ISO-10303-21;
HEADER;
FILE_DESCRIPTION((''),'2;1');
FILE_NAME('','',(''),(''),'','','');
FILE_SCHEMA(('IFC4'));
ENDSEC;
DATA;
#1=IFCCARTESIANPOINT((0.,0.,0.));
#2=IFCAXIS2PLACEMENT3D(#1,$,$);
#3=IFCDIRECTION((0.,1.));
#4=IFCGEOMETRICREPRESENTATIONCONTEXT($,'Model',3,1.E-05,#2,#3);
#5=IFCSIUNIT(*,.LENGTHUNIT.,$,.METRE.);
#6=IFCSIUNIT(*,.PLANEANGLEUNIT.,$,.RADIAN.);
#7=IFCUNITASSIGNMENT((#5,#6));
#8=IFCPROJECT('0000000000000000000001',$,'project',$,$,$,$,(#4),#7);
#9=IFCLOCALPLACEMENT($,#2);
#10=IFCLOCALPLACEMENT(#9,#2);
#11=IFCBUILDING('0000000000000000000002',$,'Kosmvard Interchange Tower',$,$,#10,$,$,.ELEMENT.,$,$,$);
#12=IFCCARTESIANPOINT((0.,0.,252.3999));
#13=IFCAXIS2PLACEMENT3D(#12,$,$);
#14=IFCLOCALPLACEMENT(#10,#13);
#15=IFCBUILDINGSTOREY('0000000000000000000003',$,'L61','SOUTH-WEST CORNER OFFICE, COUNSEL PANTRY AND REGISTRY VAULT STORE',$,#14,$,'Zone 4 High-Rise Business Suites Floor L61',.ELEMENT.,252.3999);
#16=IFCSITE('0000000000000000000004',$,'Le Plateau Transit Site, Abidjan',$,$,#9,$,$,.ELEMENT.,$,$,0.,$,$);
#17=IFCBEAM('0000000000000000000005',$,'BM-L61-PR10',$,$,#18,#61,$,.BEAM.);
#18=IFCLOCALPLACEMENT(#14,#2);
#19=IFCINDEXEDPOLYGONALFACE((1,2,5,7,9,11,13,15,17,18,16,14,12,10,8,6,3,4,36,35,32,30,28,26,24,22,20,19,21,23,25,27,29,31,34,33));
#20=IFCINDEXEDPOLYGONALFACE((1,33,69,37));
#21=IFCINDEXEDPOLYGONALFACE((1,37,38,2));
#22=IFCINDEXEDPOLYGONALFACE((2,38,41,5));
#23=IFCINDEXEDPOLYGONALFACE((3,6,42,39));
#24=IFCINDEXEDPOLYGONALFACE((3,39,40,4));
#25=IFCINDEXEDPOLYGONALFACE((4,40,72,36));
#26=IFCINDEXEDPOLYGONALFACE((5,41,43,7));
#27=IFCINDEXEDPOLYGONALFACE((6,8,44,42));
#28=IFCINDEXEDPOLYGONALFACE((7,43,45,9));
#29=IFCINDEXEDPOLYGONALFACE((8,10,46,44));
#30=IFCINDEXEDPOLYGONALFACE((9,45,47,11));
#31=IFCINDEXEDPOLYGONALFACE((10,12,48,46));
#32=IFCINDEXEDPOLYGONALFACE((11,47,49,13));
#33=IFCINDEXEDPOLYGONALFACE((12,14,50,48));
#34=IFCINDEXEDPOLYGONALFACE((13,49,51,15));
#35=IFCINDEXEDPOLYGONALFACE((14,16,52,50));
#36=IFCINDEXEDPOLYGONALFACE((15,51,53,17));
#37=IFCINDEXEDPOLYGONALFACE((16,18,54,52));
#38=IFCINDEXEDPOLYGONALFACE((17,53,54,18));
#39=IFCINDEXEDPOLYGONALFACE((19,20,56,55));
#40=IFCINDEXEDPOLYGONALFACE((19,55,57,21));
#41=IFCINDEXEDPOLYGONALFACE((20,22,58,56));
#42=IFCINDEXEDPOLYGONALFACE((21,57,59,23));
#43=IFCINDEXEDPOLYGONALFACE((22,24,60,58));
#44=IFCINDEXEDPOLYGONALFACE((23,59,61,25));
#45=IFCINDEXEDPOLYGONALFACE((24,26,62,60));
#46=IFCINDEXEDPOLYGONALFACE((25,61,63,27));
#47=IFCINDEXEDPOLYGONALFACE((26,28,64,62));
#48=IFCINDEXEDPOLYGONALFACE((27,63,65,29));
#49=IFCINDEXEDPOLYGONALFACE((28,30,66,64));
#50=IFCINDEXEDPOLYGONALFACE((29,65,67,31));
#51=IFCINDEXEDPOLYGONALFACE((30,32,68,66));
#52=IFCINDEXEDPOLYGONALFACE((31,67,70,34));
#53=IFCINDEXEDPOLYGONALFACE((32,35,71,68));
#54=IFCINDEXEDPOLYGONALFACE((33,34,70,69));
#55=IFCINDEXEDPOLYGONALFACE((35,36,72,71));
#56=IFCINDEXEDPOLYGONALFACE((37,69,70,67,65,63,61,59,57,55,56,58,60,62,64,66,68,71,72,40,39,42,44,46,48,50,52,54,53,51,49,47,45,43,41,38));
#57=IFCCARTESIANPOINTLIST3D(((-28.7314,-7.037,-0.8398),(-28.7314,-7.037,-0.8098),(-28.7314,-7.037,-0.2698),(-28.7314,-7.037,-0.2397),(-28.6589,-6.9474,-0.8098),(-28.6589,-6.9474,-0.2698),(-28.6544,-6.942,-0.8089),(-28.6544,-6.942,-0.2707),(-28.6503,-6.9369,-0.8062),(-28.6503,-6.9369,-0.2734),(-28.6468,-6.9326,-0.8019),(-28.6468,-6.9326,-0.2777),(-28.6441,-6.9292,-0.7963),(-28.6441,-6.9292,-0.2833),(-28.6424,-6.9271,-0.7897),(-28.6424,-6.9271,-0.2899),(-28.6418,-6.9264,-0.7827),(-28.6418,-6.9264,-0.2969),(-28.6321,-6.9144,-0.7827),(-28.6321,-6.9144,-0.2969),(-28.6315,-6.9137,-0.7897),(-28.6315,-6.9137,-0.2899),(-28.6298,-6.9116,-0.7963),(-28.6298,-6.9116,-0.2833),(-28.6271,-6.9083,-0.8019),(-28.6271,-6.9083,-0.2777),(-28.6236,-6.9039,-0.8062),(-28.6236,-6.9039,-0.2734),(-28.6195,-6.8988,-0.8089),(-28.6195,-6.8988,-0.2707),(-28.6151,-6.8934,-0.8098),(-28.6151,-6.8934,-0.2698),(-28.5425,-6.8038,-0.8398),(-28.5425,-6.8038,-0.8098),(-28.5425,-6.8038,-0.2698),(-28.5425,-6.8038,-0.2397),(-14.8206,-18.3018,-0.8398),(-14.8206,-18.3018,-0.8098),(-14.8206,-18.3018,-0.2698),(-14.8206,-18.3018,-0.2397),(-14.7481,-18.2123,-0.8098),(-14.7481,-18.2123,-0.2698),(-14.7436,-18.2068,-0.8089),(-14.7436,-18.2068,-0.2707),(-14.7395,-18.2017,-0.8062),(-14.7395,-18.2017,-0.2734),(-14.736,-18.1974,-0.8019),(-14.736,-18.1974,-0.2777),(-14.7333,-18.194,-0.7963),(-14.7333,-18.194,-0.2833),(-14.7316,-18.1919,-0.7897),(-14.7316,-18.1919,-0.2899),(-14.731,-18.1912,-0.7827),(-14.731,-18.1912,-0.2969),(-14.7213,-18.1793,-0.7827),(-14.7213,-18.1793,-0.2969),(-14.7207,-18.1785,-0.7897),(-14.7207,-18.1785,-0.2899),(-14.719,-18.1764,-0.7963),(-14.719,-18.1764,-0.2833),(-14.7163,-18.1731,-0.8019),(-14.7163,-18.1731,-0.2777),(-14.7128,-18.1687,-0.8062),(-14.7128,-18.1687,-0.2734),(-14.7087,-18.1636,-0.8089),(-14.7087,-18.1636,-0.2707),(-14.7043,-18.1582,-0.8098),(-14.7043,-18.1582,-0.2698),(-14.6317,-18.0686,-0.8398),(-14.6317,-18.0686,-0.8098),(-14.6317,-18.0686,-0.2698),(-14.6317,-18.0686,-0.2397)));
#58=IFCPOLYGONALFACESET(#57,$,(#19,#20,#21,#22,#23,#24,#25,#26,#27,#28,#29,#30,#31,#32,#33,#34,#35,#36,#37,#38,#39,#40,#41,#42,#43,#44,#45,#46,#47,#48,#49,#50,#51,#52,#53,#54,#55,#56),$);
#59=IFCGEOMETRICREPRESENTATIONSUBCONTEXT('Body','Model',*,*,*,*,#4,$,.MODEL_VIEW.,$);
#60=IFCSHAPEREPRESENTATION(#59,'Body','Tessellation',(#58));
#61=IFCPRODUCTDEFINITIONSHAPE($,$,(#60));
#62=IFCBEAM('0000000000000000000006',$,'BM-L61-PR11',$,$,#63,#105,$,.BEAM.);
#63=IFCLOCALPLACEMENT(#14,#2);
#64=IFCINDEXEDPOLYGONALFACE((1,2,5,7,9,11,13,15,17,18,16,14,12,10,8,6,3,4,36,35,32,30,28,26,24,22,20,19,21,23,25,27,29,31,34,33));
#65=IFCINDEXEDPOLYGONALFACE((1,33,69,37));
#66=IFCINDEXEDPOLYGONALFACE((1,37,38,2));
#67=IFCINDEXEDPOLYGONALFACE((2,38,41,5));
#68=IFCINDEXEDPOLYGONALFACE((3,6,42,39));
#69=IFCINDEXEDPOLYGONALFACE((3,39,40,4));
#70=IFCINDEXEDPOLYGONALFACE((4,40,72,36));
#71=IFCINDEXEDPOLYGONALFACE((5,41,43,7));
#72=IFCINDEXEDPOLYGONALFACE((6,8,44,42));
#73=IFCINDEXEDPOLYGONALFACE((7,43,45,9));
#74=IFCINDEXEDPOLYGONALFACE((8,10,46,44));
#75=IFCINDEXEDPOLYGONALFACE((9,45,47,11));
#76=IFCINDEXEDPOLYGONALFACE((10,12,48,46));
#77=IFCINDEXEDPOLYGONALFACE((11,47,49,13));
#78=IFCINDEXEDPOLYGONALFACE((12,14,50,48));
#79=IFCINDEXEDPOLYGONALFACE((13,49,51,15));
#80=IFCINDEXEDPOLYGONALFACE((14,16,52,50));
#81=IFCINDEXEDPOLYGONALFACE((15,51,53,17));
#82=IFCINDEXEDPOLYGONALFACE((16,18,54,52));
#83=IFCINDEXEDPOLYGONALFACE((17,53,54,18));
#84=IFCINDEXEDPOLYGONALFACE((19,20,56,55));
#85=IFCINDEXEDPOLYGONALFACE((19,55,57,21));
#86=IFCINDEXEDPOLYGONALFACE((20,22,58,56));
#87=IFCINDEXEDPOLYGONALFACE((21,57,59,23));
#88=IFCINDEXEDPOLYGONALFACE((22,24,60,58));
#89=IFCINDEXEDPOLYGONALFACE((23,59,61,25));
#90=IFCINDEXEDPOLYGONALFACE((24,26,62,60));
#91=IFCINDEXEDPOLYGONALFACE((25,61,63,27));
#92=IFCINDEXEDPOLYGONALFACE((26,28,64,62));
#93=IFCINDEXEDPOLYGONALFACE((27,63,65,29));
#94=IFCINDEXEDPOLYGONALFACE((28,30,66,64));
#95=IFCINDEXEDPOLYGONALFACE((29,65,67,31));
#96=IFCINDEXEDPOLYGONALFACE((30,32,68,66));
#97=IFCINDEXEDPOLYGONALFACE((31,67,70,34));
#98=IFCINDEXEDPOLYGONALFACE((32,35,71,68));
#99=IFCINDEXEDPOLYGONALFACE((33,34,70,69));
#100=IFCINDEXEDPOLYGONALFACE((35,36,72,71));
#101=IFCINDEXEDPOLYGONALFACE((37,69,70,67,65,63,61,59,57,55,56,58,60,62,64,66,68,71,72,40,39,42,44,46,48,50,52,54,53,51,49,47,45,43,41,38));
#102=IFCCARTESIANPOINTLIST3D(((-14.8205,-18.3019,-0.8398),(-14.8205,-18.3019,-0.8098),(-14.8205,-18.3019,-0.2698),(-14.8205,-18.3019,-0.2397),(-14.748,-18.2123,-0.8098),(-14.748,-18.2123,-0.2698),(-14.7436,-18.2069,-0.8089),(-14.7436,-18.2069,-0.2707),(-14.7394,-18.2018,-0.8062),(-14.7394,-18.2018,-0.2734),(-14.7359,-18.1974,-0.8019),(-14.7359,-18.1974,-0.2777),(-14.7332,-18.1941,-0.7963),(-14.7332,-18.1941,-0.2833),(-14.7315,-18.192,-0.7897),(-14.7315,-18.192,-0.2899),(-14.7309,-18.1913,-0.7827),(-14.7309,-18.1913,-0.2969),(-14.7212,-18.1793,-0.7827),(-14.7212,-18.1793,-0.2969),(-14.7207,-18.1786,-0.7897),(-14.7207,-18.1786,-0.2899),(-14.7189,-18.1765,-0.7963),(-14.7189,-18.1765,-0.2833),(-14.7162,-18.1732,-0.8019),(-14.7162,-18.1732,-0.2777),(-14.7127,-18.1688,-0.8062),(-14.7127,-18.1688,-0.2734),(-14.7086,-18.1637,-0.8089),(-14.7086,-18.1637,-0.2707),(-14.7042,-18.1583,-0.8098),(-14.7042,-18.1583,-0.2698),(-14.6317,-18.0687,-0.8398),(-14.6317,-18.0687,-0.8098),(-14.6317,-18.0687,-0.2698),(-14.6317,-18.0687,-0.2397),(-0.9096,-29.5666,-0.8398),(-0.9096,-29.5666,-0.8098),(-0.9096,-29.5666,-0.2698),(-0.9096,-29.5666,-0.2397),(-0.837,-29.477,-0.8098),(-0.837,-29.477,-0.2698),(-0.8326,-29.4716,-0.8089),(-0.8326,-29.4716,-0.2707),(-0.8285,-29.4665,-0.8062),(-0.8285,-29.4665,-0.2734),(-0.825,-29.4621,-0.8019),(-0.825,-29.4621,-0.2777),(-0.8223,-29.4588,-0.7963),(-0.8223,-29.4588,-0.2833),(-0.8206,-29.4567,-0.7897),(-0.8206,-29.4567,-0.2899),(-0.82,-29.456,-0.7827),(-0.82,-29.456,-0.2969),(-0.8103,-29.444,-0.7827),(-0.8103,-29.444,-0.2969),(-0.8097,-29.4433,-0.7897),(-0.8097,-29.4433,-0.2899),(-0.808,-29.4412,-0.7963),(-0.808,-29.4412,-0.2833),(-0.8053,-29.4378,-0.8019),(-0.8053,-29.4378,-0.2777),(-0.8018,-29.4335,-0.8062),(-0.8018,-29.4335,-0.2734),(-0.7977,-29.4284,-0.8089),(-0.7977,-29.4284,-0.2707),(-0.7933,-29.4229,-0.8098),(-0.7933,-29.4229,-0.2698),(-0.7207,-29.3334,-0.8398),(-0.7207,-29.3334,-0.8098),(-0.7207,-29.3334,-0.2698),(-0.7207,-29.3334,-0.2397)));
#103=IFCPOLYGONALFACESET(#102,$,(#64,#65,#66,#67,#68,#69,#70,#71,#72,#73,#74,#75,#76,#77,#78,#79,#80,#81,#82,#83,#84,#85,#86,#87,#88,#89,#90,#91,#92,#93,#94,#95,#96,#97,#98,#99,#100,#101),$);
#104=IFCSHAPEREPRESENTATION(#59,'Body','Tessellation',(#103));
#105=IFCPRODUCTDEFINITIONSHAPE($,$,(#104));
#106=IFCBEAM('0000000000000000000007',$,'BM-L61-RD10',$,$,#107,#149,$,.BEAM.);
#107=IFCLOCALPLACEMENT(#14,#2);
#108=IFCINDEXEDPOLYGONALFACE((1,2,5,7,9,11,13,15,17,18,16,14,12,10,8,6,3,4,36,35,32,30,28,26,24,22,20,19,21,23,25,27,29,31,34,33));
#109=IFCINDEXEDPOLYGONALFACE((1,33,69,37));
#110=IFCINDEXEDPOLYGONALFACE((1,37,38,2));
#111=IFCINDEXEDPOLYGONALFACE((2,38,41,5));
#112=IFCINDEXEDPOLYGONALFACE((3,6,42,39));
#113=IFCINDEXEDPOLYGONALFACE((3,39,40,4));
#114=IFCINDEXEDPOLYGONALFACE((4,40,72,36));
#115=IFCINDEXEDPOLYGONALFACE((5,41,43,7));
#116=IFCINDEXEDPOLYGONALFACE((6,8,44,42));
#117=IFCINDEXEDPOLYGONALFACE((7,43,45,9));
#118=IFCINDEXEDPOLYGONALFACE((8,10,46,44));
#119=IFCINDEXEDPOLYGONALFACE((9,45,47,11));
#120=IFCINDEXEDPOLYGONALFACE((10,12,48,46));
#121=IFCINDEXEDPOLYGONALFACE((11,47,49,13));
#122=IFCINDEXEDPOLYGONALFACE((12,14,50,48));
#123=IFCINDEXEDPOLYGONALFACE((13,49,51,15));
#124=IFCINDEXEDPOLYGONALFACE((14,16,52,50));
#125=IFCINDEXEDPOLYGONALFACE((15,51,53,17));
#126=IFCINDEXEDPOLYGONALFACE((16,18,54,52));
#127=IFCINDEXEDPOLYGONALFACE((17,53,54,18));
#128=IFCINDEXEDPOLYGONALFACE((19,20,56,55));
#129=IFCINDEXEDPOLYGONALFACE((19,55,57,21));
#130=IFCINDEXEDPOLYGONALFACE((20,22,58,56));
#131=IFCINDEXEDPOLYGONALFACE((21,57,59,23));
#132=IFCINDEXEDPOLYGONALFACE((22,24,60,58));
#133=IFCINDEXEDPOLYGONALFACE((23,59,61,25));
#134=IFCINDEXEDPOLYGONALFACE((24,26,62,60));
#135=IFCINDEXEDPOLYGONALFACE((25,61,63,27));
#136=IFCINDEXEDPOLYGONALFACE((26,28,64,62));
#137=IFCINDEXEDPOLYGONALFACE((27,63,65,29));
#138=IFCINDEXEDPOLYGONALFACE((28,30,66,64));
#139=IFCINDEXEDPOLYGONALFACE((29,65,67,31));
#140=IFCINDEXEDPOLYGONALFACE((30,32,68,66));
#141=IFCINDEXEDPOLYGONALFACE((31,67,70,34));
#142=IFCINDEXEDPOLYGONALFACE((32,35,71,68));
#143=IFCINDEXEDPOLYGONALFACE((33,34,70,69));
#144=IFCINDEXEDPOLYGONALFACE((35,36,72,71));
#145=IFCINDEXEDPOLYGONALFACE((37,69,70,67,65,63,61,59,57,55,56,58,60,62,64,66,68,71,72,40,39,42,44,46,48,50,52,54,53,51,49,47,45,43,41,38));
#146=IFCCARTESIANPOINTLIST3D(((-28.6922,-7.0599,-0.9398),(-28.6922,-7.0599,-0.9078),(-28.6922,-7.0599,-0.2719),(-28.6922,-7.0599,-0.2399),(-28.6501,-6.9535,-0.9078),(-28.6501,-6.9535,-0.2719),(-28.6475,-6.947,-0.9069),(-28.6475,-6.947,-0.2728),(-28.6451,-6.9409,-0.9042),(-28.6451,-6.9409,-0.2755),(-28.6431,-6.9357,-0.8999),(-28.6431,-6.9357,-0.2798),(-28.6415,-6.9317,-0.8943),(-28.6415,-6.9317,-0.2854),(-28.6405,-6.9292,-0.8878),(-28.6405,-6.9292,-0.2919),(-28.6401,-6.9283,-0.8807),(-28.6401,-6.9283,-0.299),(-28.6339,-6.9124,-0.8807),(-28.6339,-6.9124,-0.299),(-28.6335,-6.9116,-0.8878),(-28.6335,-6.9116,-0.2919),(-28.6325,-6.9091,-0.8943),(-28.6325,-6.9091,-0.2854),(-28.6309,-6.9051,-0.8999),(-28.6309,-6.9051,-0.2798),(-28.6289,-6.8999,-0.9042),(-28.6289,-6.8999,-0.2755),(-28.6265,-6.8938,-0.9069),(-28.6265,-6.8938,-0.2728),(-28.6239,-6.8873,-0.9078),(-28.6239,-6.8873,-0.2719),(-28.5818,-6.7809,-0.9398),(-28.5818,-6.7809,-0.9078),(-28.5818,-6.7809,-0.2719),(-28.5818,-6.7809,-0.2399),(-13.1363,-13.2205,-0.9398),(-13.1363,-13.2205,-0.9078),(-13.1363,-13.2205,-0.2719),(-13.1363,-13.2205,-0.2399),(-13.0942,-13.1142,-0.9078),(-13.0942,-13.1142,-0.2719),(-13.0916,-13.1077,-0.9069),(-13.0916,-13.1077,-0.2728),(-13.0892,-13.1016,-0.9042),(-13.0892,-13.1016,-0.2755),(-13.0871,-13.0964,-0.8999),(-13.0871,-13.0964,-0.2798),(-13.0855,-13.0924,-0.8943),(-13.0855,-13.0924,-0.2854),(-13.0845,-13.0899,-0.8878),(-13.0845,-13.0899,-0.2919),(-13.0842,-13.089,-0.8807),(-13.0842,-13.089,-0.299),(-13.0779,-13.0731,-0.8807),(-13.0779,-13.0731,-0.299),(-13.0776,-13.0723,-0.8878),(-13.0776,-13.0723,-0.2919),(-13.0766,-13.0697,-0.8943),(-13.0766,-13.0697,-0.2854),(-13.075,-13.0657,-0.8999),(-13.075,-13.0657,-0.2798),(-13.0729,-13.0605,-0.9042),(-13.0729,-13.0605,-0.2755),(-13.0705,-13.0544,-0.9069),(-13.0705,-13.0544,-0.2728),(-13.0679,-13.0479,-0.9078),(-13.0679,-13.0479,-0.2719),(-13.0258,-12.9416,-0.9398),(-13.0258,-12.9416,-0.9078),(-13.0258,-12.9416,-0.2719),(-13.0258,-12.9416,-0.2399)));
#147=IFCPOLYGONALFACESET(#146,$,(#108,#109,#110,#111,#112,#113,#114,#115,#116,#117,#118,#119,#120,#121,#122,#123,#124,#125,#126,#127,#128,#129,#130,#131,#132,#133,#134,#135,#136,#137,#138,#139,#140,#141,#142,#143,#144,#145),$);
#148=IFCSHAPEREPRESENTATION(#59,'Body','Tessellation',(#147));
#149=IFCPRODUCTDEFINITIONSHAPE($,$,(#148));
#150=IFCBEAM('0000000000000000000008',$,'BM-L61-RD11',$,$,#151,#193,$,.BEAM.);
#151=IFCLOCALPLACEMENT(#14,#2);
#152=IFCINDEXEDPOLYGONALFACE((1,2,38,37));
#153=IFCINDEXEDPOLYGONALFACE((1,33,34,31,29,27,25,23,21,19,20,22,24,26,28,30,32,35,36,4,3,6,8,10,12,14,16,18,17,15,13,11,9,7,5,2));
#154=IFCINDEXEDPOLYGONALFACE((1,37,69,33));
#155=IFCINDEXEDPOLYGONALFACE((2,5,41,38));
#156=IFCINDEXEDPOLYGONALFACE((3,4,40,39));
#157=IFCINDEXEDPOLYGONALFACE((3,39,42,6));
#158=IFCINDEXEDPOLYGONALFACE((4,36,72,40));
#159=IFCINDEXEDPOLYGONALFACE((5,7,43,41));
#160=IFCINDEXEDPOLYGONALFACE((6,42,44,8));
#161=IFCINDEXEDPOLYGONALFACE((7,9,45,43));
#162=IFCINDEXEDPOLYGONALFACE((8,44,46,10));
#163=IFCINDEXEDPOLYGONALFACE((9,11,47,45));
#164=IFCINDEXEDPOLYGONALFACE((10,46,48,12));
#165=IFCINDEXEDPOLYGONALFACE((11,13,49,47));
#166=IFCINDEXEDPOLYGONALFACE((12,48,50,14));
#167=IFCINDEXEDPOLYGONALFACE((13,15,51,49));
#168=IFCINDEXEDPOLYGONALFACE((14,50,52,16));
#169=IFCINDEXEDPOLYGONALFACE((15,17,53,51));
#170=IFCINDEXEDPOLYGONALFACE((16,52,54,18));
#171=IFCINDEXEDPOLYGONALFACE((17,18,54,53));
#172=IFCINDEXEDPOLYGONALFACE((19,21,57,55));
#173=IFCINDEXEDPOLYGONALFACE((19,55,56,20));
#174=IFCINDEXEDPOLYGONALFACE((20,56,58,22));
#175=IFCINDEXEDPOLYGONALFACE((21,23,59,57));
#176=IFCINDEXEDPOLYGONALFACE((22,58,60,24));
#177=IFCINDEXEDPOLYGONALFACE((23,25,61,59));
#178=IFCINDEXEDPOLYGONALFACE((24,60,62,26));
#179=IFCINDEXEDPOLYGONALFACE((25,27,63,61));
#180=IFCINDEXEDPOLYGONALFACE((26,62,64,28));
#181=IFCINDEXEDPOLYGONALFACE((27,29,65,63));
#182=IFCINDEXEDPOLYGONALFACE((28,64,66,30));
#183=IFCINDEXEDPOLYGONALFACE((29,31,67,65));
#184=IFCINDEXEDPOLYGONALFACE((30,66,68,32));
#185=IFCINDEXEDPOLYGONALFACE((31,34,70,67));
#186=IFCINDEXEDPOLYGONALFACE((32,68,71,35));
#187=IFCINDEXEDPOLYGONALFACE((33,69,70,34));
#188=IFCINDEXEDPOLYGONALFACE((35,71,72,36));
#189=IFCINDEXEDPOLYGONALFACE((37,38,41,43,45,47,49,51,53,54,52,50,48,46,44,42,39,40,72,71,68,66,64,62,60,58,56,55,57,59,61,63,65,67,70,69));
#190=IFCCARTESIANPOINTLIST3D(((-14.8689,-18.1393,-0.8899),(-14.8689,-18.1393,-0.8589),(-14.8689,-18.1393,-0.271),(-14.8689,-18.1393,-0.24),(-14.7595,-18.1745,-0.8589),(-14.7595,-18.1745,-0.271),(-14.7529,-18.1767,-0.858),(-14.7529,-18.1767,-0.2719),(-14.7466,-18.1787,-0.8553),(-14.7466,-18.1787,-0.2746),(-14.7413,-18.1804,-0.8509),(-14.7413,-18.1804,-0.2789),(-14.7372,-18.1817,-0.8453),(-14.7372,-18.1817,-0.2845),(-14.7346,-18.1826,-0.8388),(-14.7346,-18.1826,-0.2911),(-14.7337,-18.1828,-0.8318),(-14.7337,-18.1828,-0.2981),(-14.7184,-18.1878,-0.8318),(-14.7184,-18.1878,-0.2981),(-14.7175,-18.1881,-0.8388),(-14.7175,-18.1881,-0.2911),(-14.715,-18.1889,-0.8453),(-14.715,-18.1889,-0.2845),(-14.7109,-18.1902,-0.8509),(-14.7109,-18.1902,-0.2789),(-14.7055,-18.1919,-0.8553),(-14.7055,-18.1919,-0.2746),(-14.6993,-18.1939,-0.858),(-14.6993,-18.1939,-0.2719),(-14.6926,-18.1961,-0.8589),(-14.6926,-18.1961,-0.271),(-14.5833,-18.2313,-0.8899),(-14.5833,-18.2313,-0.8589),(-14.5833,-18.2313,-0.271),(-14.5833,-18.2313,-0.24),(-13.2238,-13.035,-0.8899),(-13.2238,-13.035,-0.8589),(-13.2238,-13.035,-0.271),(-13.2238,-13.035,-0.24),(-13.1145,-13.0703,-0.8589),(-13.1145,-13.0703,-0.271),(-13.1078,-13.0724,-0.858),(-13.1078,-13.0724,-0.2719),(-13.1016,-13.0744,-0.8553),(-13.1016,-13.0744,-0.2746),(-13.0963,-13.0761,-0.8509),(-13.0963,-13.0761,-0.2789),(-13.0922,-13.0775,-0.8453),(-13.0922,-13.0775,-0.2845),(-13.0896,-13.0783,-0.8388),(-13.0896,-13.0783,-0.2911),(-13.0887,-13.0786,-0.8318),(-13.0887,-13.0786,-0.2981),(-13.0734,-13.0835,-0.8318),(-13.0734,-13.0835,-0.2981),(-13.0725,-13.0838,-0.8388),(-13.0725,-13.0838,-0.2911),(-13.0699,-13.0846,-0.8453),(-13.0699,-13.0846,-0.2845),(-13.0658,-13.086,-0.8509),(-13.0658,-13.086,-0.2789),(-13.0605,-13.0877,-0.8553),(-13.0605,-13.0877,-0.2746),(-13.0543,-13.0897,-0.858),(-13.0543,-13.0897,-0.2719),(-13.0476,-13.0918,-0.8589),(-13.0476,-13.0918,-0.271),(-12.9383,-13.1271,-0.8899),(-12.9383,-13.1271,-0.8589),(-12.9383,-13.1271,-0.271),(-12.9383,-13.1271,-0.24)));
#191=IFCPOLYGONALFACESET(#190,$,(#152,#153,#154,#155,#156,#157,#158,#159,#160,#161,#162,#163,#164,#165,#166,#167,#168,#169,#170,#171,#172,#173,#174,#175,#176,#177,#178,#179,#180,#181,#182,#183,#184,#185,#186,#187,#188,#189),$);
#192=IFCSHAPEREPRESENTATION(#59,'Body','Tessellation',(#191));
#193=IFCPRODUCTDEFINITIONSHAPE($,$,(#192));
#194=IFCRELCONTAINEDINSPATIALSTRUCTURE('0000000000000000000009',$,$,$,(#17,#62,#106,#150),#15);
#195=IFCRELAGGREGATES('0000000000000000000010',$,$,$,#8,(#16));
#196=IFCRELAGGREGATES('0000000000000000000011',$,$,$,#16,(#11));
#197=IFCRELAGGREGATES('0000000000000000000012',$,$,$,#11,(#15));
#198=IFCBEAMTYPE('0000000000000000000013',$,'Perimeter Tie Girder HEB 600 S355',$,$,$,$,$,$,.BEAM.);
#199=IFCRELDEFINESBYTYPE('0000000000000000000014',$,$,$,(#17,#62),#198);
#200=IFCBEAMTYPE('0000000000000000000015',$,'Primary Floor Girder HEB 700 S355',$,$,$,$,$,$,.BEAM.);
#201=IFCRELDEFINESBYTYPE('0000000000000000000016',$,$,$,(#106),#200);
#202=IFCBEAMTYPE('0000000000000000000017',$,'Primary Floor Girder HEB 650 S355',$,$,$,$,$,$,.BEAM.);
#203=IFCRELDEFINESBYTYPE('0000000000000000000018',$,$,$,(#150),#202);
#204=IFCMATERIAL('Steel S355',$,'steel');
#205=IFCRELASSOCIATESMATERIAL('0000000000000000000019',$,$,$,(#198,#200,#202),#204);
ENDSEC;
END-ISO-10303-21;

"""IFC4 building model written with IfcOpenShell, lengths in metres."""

from ifc_helpers import new_model, si_unit, direction, frame, origin, origin_2d, place, context, subcontext, project, spatial, i_section, extrude, source, transform, mapped, material, material_profile, profile_set, type_object, element, save


model = new_model("IFC4")

# Units and contexts
model_context = context("Model", 3, precision=1e-05, world=origin(), true_north=direction((0.0, 1.0)))
body_context = subcontext(model_context, "Body", "Model", "MODEL_VIEW")
ifc_project = project(units=[si_unit("LENGTHUNIT", "METRE"), si_unit("PLANEANGLEUNIT", "RADIAN")], contexts=[model_context])

# Site, building, storey
site_placement = place(None, origin())
site = spatial("IfcSite", under=ifc_project, at=site_placement, Name="Le Plateau Transit Site, Abidjan", CompositionType="ELEMENT", RefElevation=0.0)
building_placement = place(site_placement, origin())
building = spatial("IfcBuilding", under=site, at=building_placement, Name="Kosmvard Interchange Tower", CompositionType="ELEMENT")
storey_placement = place(building_placement, frame((0.0, 0.0, 252.3999)))
storey = spatial("IfcBuildingStorey", under=building, at=storey_placement, Name="L61", Description="SOUTH-WEST CORNER OFFICE, COUNSEL PANTRY AND REGISTRY VAULT STORE", LongName="Zone 4 High-Rise Business Suites Floor L61", CompositionType="ELEMENT", Elevation=252.3999)

# Beams
ifc_material_1 = material(Name="Steel S355", Category="steel")
ifc_material_profile_1 = material_profile(ifc_material_1, i_section(OverallWidth=0.3, OverallDepth=0.6001, WebThickness=0.0154, FlangeThickness=0.03, FilletRadius=0.0271, at=origin_2d()), Name="HEB 600")
ifc_profile_set_1 = profile_set([ifc_material_profile_1], Name="Steel S355")
beam_type_1 = type_object("IfcBeamType", Name="Perimeter Tie Girder HEB 600 S355", PredefinedType="BEAM", material=ifc_profile_set_1)
shared_shape_1 = source(origin(), body_context, "Body", "SweptSolid", [
    extrude(i_section(OverallWidth=0.3, OverallDepth=0.6001, WebThickness=0.0154, FlangeThickness=0.03, FilletRadius=0.0271, at=origin_2d()), origin(), (0.0, 0.0, 1.0), 17.8999),
])
for number, where, z_axis, x_axis, name in (
    (1, (-28.637, -6.9204, -0.5398), (0.777144, -0.629323, 0.0), (0.629323, 0.777144, 0.0), "BM-L61-PR10"),
    (2, (-14.7261, -18.1853, -0.5398), (0.777151, -0.629315, 0.0), (0.629315, 0.777151, 0.0), "BM-L61-PR11"),
):
    element("IfcBeam", number, at=place(storey_placement, frame(where, z_axis=z_axis, x_axis=x_axis)), inside=storey, type_object=beam_type_1, Name=name, PredefinedType="BEAM", context=body_context, shape_type="MappedRepresentation", body=[
        mapped(shared_shape_1, transform((0.0, 0.0, 0.0), scale=1.0)),
    ])
ifc_material_profile_2 = material_profile(ifc_material_1, i_section(OverallWidth=0.3, OverallDepth=0.7, WebThickness=0.0171, FlangeThickness=0.032, FilletRadius=0.0271, at=origin_2d()), Name="HEB 700")
ifc_profile_set_2 = profile_set([ifc_material_profile_2], Name="Steel S355")
beam_type_2 = type_object("IfcBeamType", Name="Primary Floor Girder HEB 700 S355", PredefinedType="BEAM", material=ifc_profile_set_2)
shared_shape_2 = source(origin(), body_context, "Body", "SweptSolid", [
    extrude(i_section(OverallWidth=0.3, OverallDepth=0.7, WebThickness=0.0171, FlangeThickness=0.032, FilletRadius=0.0271, at=origin_2d()), origin(), (0.0, 0.0, 1.0), 16.7314),
])
beam_1_placement = place(storey_placement, frame((-13.0811, -13.0811, -0.5898), z_axis=(-0.929743, 0.368209, 0.0), x_axis=(-0.368209, -0.929743, 0.0)))
element("IfcBeam", 3, at=beam_1_placement, inside=storey, type_object=beam_type_2, Name="BM-L61-RD10", PredefinedType="BEAM", context=body_context, shape_type="MappedRepresentation", body=[
    mapped(shared_shape_2, transform((0.0, 0.0, 0.0), scale=1.0)),
])
ifc_material_profile_3 = material_profile(ifc_material_1, i_section(OverallWidth=0.3, OverallDepth=0.6499, WebThickness=0.0161, FlangeThickness=0.031, FilletRadius=0.0271, at=origin_2d()), Name="HEB 650")
ifc_profile_set_3 = profile_set([ifc_material_profile_3], Name="Steel S355")
beam_type_3 = type_object("IfcBeamType", Name="Primary Floor Girder HEB 650 S355", PredefinedType="BEAM", material=ifc_profile_set_3)
shared_shape_3 = source(origin(), body_context, "Body", "SweptSolid", [
    extrude(i_section(OverallWidth=0.3, OverallDepth=0.6499, WebThickness=0.0161, FlangeThickness=0.031, FilletRadius=0.0271, at=origin_2d()), origin(), (0.0, 0.0, 1.0), 5.3628),
])
beam_2_placement = place(storey_placement, frame((-13.0811, -13.0811, -0.5649), z_axis=(-0.306747, -0.951791, 0.0), x_axis=(0.951791, -0.306747, 0.0)))
element("IfcBeam", 4, at=beam_2_placement, inside=storey, type_object=beam_type_3, Name="BM-L61-RD11", PredefinedType="BEAM", context=body_context, shape_type="MappedRepresentation", body=[
    mapped(shared_shape_3, transform((0.0, 0.0, 0.0), scale=1.0)),
])

save(model, "model.ifc")
